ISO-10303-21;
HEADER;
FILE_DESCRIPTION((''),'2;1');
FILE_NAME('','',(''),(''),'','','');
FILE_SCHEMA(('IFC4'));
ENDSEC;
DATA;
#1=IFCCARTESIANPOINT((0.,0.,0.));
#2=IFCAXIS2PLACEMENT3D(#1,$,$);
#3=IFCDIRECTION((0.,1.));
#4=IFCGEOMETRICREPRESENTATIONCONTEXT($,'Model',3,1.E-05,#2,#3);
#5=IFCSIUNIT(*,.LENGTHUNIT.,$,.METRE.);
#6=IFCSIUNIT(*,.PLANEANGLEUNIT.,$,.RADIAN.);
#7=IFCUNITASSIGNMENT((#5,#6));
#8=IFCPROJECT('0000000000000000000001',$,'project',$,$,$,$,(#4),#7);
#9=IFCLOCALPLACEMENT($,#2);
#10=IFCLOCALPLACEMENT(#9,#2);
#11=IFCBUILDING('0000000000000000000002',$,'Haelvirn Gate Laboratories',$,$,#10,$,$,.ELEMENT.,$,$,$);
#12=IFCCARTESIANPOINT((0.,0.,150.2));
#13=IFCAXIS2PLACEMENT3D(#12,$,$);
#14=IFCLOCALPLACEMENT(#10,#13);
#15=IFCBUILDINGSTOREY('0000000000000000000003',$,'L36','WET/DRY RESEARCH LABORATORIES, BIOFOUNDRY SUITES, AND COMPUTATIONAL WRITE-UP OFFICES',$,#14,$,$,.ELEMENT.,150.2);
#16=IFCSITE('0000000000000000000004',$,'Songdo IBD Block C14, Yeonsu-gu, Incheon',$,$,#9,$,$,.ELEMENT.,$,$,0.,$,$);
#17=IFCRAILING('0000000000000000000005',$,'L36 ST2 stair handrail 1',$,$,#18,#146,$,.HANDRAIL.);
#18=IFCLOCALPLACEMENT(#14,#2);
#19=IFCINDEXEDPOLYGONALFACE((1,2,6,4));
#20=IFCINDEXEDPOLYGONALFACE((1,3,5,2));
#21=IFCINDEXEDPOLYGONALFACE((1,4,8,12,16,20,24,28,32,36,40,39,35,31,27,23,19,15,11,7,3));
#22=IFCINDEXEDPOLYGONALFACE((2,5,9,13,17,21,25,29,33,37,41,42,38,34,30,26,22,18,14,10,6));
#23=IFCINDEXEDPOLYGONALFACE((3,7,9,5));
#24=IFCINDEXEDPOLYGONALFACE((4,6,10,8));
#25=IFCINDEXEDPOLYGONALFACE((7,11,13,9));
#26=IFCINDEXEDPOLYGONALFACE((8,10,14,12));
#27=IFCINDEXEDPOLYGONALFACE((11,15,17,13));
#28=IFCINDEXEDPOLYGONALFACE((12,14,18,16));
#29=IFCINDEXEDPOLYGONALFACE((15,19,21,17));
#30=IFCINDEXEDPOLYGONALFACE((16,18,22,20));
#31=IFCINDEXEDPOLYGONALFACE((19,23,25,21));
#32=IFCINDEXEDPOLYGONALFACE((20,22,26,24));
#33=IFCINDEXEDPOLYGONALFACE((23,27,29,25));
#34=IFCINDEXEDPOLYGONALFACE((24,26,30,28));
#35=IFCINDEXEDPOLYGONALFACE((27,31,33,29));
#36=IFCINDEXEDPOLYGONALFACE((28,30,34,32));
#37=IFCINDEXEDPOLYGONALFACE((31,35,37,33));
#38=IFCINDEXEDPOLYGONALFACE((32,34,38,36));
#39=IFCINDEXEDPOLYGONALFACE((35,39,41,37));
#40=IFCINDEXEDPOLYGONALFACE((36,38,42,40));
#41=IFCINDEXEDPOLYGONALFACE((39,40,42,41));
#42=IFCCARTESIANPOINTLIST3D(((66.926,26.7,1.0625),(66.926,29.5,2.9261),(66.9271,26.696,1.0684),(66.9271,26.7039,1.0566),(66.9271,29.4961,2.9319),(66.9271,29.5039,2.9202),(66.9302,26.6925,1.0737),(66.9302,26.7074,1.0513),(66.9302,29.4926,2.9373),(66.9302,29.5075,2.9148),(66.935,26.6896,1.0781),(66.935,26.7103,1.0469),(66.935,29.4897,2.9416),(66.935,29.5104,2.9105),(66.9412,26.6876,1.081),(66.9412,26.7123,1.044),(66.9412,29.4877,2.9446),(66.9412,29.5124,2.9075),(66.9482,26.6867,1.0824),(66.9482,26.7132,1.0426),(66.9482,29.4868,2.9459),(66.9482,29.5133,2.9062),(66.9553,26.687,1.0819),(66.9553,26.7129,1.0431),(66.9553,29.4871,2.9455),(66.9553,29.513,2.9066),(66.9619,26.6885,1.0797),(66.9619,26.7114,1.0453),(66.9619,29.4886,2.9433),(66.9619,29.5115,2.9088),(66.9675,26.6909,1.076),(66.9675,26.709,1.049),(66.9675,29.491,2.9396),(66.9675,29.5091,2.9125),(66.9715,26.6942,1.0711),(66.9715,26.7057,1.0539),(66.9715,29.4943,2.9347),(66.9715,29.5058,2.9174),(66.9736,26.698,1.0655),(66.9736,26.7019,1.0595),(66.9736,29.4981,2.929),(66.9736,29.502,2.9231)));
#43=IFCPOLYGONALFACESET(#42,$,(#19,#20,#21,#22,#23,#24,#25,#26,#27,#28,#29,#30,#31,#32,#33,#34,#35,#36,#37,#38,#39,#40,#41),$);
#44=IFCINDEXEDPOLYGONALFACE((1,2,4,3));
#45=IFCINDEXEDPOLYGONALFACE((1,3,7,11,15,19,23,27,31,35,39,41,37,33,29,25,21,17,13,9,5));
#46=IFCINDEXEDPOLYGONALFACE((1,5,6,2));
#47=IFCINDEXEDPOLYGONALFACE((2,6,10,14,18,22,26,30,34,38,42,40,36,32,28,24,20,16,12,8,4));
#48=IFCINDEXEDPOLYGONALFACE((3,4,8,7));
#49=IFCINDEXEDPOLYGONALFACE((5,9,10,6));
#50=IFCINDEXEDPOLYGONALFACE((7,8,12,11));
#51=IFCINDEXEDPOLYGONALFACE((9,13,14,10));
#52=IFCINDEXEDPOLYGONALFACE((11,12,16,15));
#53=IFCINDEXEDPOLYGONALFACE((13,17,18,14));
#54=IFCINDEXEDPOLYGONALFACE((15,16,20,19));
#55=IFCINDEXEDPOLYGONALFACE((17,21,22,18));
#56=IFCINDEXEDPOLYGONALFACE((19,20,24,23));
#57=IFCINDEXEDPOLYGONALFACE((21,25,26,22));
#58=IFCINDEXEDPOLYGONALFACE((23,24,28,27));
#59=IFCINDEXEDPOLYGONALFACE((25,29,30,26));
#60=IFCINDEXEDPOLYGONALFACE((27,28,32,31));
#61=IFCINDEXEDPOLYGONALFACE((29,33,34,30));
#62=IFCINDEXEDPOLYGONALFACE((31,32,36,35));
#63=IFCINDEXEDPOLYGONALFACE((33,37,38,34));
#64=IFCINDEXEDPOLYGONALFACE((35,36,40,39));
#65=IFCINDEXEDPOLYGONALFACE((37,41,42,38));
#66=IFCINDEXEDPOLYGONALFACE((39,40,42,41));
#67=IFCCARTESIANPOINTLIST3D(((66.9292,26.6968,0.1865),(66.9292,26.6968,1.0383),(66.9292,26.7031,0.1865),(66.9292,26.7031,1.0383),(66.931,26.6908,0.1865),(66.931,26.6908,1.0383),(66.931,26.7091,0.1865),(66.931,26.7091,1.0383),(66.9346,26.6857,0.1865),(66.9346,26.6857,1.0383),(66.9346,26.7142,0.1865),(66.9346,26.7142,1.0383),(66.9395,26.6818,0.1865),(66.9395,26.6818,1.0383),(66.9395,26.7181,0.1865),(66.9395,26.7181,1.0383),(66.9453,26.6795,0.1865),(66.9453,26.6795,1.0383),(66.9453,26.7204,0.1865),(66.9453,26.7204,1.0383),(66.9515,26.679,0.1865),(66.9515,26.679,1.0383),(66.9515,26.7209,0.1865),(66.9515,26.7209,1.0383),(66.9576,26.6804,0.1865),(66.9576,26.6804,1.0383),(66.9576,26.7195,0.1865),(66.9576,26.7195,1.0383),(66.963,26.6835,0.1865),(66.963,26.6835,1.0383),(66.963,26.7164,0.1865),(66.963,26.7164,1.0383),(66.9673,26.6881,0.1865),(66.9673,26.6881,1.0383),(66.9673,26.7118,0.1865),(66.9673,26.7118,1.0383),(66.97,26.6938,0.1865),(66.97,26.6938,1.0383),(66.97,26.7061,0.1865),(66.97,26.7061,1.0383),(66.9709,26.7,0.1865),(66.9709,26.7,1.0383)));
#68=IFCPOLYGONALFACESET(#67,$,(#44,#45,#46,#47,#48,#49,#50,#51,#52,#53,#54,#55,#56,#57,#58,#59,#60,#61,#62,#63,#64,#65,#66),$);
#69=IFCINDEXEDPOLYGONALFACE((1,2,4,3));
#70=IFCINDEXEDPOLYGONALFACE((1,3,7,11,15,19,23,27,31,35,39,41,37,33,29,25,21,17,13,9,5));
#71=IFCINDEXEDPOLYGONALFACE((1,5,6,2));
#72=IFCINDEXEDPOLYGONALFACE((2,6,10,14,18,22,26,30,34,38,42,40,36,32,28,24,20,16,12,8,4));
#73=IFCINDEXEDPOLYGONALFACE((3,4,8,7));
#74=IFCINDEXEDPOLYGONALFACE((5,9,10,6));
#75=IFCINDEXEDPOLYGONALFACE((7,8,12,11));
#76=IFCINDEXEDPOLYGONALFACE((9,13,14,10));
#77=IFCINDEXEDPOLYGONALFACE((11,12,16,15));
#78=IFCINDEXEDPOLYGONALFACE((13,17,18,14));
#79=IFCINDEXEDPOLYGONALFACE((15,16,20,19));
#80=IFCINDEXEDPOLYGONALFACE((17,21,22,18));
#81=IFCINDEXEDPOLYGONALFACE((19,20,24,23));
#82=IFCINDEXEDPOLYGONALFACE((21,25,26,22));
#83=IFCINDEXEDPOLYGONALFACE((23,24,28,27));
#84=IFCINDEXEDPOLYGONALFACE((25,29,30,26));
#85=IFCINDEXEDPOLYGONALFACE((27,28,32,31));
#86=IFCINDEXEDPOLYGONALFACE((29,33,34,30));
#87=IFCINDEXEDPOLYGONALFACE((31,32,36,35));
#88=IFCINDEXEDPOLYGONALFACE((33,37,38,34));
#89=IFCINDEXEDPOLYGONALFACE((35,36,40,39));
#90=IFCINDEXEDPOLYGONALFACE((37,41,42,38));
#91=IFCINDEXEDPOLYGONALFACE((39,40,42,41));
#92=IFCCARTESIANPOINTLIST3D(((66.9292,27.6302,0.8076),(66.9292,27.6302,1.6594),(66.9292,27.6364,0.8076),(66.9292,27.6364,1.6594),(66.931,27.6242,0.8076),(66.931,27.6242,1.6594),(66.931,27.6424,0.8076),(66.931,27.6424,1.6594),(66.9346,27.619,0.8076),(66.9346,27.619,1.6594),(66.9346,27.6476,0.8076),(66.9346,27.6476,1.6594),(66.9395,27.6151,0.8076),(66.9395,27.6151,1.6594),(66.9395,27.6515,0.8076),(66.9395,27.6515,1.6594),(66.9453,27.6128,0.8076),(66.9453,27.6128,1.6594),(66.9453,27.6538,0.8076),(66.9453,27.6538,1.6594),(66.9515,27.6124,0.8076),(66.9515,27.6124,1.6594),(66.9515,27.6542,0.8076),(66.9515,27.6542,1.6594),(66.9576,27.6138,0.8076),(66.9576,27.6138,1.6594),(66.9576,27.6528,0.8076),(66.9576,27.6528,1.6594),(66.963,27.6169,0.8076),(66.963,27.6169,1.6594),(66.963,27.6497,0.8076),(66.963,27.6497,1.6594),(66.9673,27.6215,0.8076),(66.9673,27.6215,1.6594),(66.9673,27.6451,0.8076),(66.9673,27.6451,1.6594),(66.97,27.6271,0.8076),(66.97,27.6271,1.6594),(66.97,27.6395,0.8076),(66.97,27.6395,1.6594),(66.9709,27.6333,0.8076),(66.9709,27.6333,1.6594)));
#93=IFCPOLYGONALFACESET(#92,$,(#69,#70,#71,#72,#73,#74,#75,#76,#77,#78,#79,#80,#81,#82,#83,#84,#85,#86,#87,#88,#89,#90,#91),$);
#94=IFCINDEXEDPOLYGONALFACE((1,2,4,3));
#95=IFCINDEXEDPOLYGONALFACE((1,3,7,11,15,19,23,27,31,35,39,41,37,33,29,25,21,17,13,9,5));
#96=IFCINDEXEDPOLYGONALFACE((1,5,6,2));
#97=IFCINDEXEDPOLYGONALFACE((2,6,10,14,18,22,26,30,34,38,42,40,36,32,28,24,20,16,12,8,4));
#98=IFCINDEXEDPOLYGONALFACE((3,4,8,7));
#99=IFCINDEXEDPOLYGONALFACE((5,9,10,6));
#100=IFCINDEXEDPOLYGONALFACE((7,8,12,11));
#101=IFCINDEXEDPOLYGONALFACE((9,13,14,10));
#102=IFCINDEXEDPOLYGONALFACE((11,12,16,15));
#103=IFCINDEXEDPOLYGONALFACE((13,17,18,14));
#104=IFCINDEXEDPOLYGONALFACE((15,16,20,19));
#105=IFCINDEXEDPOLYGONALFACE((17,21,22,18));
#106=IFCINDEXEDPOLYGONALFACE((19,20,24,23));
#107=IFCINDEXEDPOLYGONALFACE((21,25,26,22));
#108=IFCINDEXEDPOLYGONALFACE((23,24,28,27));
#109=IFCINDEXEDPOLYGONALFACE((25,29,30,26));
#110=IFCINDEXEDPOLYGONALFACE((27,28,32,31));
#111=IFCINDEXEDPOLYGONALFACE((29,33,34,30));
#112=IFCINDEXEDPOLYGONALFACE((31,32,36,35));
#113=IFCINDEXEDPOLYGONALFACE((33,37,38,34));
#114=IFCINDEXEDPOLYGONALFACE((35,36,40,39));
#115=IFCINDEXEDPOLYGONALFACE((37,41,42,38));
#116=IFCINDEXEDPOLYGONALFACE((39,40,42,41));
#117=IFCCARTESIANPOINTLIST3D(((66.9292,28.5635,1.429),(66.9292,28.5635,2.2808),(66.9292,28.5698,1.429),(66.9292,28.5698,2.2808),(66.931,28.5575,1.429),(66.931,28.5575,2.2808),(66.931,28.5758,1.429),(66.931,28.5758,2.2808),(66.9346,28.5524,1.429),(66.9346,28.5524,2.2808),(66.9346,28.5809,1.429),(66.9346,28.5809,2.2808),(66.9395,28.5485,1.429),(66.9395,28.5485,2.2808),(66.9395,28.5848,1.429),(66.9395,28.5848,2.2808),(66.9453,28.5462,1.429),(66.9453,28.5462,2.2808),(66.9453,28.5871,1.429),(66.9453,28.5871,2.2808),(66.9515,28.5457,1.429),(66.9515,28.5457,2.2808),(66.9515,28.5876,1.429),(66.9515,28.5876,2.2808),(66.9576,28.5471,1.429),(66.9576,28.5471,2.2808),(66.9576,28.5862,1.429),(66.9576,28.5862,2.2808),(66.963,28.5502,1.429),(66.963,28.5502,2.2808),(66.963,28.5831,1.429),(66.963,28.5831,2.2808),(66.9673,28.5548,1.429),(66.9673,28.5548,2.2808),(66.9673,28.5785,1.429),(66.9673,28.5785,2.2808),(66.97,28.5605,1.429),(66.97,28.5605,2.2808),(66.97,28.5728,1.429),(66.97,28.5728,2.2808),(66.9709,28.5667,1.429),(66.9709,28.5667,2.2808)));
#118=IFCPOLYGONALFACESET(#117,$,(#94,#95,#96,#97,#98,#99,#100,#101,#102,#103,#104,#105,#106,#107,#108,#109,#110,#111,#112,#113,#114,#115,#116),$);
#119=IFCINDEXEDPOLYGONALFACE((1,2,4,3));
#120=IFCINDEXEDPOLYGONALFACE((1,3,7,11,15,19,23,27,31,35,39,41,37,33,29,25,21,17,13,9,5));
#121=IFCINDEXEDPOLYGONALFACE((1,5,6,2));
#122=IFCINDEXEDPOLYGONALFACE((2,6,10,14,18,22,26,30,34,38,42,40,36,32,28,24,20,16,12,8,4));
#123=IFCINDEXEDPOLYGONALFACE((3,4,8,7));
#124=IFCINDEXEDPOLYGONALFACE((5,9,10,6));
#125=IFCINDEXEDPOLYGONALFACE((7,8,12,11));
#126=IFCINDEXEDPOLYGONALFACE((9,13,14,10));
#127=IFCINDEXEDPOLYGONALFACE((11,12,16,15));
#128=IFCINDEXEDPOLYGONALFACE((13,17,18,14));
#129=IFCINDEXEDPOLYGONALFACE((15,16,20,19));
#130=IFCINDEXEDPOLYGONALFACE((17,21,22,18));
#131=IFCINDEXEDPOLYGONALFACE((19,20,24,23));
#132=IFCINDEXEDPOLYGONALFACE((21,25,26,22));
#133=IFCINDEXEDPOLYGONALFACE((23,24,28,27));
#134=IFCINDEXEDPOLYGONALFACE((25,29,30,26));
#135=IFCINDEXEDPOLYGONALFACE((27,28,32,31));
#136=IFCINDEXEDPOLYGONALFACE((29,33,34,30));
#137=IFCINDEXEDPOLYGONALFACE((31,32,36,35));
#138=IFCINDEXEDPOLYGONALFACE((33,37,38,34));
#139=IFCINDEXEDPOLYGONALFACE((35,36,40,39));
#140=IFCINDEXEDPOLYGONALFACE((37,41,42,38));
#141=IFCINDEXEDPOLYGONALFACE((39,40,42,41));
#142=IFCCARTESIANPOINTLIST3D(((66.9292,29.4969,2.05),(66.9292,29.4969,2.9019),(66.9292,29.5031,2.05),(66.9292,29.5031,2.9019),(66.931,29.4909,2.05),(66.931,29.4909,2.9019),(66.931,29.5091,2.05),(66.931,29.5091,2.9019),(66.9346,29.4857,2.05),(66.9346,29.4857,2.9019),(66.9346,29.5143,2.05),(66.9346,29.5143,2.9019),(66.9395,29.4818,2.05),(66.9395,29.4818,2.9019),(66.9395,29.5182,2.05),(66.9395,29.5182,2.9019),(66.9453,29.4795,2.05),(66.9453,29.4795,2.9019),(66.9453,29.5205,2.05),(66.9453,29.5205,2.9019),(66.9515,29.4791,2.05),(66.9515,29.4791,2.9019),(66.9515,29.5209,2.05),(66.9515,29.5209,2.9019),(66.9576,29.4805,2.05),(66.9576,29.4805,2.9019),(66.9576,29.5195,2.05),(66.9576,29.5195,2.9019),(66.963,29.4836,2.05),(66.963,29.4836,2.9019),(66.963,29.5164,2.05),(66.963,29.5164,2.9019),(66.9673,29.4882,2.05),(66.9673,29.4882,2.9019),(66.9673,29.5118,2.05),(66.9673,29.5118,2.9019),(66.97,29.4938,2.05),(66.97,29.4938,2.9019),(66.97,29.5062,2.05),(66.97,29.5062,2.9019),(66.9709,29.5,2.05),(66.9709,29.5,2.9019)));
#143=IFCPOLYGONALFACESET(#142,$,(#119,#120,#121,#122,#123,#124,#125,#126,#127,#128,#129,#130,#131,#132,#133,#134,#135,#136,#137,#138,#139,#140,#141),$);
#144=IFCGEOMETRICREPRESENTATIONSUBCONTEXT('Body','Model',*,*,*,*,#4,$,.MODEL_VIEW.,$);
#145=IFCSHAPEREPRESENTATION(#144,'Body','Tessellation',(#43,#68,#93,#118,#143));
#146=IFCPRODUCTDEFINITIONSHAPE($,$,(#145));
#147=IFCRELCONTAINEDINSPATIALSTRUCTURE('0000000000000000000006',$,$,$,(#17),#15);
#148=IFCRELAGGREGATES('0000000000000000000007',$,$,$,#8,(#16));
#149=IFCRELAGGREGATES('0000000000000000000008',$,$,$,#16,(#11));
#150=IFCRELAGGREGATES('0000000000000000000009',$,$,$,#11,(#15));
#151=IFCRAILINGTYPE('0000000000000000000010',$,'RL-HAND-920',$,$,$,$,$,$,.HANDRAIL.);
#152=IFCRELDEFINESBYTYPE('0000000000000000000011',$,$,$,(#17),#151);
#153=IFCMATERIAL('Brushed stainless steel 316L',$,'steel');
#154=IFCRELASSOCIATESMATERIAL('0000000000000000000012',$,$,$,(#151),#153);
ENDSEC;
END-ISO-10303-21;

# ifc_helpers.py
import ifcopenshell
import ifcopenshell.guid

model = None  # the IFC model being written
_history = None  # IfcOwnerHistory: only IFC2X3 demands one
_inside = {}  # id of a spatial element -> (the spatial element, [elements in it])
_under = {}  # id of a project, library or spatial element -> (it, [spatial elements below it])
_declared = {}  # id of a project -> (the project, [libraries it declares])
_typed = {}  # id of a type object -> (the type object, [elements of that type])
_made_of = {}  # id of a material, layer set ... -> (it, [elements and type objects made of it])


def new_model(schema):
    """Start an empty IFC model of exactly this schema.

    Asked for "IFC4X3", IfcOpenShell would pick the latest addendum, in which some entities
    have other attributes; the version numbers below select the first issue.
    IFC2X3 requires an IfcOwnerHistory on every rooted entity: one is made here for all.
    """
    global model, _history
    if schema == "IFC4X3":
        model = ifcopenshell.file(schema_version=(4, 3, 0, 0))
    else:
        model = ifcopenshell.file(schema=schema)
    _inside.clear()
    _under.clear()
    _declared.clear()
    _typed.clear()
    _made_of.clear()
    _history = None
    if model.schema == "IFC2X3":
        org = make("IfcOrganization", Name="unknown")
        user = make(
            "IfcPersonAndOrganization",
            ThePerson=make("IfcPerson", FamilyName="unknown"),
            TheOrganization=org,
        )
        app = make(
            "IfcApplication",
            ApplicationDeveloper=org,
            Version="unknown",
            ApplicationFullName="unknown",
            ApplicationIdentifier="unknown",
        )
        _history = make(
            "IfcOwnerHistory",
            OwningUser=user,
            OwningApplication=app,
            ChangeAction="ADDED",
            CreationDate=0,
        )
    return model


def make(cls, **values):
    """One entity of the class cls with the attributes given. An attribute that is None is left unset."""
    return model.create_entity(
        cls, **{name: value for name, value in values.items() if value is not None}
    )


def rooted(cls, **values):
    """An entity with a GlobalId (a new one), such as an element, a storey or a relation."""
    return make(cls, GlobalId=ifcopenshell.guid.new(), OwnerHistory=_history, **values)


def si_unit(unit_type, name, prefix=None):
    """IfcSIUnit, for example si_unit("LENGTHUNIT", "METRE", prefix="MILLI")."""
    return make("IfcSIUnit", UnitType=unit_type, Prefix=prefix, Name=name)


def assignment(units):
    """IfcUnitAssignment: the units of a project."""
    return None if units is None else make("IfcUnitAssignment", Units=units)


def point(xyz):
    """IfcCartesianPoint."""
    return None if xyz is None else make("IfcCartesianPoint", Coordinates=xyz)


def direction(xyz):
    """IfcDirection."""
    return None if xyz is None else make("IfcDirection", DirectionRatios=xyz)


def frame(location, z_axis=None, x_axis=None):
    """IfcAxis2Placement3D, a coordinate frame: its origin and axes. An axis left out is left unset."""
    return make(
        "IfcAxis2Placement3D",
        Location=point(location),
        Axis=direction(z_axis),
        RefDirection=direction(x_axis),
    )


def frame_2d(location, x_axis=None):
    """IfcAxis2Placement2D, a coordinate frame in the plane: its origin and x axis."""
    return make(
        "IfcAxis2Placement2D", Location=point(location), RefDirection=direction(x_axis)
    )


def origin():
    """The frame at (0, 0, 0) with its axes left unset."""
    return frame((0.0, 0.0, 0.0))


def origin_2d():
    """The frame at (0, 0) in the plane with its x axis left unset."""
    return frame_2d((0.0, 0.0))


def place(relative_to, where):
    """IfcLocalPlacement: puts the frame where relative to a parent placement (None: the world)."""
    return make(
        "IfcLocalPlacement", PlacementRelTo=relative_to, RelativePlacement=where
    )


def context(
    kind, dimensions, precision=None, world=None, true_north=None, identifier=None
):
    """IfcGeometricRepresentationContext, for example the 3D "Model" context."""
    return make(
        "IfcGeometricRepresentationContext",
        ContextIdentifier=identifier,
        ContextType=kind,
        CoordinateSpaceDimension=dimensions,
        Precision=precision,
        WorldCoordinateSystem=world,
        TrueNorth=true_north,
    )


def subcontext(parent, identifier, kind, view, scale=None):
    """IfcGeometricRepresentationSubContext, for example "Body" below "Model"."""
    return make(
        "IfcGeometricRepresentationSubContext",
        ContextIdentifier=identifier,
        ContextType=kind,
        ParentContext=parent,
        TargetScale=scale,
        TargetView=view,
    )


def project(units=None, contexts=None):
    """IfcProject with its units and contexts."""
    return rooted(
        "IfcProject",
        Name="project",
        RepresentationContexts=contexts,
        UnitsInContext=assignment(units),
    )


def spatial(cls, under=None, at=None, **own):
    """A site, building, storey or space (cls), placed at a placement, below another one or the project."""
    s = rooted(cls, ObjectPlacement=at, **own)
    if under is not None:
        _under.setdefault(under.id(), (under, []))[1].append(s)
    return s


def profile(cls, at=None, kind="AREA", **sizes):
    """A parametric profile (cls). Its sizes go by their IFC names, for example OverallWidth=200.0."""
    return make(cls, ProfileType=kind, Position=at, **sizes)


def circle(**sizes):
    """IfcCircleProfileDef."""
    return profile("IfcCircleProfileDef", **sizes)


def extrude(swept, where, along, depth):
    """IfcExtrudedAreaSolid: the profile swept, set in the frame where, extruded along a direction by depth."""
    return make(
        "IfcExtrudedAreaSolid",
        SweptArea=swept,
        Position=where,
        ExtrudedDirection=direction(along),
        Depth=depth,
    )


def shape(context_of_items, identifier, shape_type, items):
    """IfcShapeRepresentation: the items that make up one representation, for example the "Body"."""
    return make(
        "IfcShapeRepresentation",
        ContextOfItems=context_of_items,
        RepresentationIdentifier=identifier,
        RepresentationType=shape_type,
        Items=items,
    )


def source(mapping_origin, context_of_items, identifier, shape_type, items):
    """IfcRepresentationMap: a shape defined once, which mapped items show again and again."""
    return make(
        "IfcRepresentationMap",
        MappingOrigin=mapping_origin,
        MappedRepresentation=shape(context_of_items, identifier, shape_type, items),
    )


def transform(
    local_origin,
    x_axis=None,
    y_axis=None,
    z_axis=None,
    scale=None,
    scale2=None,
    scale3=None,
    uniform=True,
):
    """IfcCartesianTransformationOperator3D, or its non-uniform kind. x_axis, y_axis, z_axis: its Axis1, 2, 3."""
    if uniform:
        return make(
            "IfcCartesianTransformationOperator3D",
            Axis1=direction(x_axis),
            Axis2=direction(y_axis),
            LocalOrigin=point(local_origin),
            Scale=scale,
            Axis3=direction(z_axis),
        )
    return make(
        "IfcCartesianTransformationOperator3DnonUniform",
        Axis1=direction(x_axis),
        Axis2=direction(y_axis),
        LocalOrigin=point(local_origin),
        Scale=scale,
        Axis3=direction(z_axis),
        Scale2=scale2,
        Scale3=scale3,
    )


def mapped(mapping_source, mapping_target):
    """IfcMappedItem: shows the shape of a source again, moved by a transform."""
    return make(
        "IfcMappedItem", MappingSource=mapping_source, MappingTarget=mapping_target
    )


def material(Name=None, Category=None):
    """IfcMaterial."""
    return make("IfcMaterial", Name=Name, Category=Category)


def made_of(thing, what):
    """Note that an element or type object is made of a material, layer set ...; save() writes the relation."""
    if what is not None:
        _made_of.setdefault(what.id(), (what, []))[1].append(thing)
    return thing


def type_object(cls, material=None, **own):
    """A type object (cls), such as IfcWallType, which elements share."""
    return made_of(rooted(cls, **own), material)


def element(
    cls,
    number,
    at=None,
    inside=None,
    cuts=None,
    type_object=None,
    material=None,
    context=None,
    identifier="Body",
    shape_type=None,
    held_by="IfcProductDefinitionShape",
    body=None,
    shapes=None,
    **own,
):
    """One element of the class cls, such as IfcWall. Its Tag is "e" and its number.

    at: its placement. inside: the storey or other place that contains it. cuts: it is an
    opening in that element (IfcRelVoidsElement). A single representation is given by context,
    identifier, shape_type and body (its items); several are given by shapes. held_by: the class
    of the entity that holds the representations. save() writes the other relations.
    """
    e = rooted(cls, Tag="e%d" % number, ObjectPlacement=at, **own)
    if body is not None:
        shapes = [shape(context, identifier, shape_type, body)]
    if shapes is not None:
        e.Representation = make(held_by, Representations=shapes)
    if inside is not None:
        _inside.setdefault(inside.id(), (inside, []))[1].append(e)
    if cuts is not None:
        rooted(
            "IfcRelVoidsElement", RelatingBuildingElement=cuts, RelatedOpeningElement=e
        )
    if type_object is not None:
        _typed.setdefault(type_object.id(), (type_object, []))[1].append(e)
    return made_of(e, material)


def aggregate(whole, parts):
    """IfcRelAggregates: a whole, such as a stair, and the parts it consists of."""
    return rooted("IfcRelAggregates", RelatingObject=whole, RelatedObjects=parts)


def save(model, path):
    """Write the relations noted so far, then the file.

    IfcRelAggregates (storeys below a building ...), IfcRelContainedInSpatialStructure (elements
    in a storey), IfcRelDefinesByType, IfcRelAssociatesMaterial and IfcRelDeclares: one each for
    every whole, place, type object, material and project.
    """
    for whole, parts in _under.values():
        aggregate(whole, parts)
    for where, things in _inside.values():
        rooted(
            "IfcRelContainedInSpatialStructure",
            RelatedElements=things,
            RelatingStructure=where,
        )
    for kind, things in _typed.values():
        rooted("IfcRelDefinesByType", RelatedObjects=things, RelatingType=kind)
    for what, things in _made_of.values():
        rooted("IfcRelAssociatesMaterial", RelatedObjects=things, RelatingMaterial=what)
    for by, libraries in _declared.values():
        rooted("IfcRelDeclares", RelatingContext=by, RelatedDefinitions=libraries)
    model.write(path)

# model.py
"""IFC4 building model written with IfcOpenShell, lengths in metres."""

from ifc_helpers import new_model, si_unit, direction, frame, origin, origin_2d, place, context, subcontext, project, spatial, circle, extrude, source, transform, mapped, material, type_object, element, save


model = new_model("IFC4")

# Units and contexts
model_context = context("Model", 3, precision=1e-05, world=origin(), true_north=direction((0.0, 1.0)))
body_context = subcontext(model_context, "Body", "Model", "MODEL_VIEW")
ifc_project = project(units=[si_unit("LENGTHUNIT", "METRE"), si_unit("PLANEANGLEUNIT", "RADIAN")], contexts=[model_context])

# Site, building, storey
site_placement = place(None, origin())
site = spatial("IfcSite", under=ifc_project, at=site_placement, Name="Songdo IBD Block C14, Yeonsu-gu, Incheon", CompositionType="ELEMENT", RefElevation=0.0)
building_placement = place(site_placement, origin())
building = spatial("IfcBuilding", under=site, at=building_placement, Name="Haelvirn Gate Laboratories", CompositionType="ELEMENT")
storey_placement = place(building_placement, frame((0.0, 0.0, 150.2)))
storey = spatial("IfcBuildingStorey", under=building, at=storey_placement, Name="L36", Description="WET/DRY RESEARCH LABORATORIES, BIOFOUNDRY SUITES, AND COMPUTATIONAL WRITE-UP OFFICES", CompositionType="ELEMENT", Elevation=150.2)

# Railing
ifc_material_1 = material(Name="Brushed stainless steel 316L", Category="steel")
railing_type_1 = type_object("IfcRailingType", Name="RL-HAND-920", PredefinedType="HANDRAIL", material=ifc_material_1)
shared_shape_1 = source(origin(), body_context, "Body", "SweptSolid", [
    extrude(circle(Radius=0.0239, at=origin_2d()), frame((0.0, 0.0, 0.876), z_axis=(0.0, 0.832486, 0.554047), x_axis=(-1.0, 0.0, 0.0)), (0.0, 0.0, 1.0), 3.3635),
    extrude(circle(Radius=0.021, at=origin_2d()), origin(), (0.0, 0.0, 1.0), 0.8518),
    extrude(circle(Radius=0.021, at=origin_2d()), frame((0.0, 0.9333, 0.6211)), (0.0, 0.0, 1.0), 0.8518),
    extrude(circle(Radius=0.021, at=origin_2d()), frame((0.0, 1.8667, 1.2424)), (0.0, 0.0, 1.0), 0.8518),
    extrude(circle(Radius=0.021, at=origin_2d()), frame((0.0, 2.8, 1.8635)), (0.0, 0.0, 1.0), 0.8518),
])
railing_1_placement = place(storey_placement, frame((66.95, 26.7, 0.1865)))
element("IfcRailing", 1, at=railing_1_placement, inside=storey, type_object=railing_type_1, Name="L36 ST2 stair handrail 1", PredefinedType="HANDRAIL", context=body_context, shape_type="MappedRepresentation", body=[
    mapped(shared_shape_1, transform((0.0, 0.0, 0.0), scale=1.0)),
])

save(model, "model.ifc")
